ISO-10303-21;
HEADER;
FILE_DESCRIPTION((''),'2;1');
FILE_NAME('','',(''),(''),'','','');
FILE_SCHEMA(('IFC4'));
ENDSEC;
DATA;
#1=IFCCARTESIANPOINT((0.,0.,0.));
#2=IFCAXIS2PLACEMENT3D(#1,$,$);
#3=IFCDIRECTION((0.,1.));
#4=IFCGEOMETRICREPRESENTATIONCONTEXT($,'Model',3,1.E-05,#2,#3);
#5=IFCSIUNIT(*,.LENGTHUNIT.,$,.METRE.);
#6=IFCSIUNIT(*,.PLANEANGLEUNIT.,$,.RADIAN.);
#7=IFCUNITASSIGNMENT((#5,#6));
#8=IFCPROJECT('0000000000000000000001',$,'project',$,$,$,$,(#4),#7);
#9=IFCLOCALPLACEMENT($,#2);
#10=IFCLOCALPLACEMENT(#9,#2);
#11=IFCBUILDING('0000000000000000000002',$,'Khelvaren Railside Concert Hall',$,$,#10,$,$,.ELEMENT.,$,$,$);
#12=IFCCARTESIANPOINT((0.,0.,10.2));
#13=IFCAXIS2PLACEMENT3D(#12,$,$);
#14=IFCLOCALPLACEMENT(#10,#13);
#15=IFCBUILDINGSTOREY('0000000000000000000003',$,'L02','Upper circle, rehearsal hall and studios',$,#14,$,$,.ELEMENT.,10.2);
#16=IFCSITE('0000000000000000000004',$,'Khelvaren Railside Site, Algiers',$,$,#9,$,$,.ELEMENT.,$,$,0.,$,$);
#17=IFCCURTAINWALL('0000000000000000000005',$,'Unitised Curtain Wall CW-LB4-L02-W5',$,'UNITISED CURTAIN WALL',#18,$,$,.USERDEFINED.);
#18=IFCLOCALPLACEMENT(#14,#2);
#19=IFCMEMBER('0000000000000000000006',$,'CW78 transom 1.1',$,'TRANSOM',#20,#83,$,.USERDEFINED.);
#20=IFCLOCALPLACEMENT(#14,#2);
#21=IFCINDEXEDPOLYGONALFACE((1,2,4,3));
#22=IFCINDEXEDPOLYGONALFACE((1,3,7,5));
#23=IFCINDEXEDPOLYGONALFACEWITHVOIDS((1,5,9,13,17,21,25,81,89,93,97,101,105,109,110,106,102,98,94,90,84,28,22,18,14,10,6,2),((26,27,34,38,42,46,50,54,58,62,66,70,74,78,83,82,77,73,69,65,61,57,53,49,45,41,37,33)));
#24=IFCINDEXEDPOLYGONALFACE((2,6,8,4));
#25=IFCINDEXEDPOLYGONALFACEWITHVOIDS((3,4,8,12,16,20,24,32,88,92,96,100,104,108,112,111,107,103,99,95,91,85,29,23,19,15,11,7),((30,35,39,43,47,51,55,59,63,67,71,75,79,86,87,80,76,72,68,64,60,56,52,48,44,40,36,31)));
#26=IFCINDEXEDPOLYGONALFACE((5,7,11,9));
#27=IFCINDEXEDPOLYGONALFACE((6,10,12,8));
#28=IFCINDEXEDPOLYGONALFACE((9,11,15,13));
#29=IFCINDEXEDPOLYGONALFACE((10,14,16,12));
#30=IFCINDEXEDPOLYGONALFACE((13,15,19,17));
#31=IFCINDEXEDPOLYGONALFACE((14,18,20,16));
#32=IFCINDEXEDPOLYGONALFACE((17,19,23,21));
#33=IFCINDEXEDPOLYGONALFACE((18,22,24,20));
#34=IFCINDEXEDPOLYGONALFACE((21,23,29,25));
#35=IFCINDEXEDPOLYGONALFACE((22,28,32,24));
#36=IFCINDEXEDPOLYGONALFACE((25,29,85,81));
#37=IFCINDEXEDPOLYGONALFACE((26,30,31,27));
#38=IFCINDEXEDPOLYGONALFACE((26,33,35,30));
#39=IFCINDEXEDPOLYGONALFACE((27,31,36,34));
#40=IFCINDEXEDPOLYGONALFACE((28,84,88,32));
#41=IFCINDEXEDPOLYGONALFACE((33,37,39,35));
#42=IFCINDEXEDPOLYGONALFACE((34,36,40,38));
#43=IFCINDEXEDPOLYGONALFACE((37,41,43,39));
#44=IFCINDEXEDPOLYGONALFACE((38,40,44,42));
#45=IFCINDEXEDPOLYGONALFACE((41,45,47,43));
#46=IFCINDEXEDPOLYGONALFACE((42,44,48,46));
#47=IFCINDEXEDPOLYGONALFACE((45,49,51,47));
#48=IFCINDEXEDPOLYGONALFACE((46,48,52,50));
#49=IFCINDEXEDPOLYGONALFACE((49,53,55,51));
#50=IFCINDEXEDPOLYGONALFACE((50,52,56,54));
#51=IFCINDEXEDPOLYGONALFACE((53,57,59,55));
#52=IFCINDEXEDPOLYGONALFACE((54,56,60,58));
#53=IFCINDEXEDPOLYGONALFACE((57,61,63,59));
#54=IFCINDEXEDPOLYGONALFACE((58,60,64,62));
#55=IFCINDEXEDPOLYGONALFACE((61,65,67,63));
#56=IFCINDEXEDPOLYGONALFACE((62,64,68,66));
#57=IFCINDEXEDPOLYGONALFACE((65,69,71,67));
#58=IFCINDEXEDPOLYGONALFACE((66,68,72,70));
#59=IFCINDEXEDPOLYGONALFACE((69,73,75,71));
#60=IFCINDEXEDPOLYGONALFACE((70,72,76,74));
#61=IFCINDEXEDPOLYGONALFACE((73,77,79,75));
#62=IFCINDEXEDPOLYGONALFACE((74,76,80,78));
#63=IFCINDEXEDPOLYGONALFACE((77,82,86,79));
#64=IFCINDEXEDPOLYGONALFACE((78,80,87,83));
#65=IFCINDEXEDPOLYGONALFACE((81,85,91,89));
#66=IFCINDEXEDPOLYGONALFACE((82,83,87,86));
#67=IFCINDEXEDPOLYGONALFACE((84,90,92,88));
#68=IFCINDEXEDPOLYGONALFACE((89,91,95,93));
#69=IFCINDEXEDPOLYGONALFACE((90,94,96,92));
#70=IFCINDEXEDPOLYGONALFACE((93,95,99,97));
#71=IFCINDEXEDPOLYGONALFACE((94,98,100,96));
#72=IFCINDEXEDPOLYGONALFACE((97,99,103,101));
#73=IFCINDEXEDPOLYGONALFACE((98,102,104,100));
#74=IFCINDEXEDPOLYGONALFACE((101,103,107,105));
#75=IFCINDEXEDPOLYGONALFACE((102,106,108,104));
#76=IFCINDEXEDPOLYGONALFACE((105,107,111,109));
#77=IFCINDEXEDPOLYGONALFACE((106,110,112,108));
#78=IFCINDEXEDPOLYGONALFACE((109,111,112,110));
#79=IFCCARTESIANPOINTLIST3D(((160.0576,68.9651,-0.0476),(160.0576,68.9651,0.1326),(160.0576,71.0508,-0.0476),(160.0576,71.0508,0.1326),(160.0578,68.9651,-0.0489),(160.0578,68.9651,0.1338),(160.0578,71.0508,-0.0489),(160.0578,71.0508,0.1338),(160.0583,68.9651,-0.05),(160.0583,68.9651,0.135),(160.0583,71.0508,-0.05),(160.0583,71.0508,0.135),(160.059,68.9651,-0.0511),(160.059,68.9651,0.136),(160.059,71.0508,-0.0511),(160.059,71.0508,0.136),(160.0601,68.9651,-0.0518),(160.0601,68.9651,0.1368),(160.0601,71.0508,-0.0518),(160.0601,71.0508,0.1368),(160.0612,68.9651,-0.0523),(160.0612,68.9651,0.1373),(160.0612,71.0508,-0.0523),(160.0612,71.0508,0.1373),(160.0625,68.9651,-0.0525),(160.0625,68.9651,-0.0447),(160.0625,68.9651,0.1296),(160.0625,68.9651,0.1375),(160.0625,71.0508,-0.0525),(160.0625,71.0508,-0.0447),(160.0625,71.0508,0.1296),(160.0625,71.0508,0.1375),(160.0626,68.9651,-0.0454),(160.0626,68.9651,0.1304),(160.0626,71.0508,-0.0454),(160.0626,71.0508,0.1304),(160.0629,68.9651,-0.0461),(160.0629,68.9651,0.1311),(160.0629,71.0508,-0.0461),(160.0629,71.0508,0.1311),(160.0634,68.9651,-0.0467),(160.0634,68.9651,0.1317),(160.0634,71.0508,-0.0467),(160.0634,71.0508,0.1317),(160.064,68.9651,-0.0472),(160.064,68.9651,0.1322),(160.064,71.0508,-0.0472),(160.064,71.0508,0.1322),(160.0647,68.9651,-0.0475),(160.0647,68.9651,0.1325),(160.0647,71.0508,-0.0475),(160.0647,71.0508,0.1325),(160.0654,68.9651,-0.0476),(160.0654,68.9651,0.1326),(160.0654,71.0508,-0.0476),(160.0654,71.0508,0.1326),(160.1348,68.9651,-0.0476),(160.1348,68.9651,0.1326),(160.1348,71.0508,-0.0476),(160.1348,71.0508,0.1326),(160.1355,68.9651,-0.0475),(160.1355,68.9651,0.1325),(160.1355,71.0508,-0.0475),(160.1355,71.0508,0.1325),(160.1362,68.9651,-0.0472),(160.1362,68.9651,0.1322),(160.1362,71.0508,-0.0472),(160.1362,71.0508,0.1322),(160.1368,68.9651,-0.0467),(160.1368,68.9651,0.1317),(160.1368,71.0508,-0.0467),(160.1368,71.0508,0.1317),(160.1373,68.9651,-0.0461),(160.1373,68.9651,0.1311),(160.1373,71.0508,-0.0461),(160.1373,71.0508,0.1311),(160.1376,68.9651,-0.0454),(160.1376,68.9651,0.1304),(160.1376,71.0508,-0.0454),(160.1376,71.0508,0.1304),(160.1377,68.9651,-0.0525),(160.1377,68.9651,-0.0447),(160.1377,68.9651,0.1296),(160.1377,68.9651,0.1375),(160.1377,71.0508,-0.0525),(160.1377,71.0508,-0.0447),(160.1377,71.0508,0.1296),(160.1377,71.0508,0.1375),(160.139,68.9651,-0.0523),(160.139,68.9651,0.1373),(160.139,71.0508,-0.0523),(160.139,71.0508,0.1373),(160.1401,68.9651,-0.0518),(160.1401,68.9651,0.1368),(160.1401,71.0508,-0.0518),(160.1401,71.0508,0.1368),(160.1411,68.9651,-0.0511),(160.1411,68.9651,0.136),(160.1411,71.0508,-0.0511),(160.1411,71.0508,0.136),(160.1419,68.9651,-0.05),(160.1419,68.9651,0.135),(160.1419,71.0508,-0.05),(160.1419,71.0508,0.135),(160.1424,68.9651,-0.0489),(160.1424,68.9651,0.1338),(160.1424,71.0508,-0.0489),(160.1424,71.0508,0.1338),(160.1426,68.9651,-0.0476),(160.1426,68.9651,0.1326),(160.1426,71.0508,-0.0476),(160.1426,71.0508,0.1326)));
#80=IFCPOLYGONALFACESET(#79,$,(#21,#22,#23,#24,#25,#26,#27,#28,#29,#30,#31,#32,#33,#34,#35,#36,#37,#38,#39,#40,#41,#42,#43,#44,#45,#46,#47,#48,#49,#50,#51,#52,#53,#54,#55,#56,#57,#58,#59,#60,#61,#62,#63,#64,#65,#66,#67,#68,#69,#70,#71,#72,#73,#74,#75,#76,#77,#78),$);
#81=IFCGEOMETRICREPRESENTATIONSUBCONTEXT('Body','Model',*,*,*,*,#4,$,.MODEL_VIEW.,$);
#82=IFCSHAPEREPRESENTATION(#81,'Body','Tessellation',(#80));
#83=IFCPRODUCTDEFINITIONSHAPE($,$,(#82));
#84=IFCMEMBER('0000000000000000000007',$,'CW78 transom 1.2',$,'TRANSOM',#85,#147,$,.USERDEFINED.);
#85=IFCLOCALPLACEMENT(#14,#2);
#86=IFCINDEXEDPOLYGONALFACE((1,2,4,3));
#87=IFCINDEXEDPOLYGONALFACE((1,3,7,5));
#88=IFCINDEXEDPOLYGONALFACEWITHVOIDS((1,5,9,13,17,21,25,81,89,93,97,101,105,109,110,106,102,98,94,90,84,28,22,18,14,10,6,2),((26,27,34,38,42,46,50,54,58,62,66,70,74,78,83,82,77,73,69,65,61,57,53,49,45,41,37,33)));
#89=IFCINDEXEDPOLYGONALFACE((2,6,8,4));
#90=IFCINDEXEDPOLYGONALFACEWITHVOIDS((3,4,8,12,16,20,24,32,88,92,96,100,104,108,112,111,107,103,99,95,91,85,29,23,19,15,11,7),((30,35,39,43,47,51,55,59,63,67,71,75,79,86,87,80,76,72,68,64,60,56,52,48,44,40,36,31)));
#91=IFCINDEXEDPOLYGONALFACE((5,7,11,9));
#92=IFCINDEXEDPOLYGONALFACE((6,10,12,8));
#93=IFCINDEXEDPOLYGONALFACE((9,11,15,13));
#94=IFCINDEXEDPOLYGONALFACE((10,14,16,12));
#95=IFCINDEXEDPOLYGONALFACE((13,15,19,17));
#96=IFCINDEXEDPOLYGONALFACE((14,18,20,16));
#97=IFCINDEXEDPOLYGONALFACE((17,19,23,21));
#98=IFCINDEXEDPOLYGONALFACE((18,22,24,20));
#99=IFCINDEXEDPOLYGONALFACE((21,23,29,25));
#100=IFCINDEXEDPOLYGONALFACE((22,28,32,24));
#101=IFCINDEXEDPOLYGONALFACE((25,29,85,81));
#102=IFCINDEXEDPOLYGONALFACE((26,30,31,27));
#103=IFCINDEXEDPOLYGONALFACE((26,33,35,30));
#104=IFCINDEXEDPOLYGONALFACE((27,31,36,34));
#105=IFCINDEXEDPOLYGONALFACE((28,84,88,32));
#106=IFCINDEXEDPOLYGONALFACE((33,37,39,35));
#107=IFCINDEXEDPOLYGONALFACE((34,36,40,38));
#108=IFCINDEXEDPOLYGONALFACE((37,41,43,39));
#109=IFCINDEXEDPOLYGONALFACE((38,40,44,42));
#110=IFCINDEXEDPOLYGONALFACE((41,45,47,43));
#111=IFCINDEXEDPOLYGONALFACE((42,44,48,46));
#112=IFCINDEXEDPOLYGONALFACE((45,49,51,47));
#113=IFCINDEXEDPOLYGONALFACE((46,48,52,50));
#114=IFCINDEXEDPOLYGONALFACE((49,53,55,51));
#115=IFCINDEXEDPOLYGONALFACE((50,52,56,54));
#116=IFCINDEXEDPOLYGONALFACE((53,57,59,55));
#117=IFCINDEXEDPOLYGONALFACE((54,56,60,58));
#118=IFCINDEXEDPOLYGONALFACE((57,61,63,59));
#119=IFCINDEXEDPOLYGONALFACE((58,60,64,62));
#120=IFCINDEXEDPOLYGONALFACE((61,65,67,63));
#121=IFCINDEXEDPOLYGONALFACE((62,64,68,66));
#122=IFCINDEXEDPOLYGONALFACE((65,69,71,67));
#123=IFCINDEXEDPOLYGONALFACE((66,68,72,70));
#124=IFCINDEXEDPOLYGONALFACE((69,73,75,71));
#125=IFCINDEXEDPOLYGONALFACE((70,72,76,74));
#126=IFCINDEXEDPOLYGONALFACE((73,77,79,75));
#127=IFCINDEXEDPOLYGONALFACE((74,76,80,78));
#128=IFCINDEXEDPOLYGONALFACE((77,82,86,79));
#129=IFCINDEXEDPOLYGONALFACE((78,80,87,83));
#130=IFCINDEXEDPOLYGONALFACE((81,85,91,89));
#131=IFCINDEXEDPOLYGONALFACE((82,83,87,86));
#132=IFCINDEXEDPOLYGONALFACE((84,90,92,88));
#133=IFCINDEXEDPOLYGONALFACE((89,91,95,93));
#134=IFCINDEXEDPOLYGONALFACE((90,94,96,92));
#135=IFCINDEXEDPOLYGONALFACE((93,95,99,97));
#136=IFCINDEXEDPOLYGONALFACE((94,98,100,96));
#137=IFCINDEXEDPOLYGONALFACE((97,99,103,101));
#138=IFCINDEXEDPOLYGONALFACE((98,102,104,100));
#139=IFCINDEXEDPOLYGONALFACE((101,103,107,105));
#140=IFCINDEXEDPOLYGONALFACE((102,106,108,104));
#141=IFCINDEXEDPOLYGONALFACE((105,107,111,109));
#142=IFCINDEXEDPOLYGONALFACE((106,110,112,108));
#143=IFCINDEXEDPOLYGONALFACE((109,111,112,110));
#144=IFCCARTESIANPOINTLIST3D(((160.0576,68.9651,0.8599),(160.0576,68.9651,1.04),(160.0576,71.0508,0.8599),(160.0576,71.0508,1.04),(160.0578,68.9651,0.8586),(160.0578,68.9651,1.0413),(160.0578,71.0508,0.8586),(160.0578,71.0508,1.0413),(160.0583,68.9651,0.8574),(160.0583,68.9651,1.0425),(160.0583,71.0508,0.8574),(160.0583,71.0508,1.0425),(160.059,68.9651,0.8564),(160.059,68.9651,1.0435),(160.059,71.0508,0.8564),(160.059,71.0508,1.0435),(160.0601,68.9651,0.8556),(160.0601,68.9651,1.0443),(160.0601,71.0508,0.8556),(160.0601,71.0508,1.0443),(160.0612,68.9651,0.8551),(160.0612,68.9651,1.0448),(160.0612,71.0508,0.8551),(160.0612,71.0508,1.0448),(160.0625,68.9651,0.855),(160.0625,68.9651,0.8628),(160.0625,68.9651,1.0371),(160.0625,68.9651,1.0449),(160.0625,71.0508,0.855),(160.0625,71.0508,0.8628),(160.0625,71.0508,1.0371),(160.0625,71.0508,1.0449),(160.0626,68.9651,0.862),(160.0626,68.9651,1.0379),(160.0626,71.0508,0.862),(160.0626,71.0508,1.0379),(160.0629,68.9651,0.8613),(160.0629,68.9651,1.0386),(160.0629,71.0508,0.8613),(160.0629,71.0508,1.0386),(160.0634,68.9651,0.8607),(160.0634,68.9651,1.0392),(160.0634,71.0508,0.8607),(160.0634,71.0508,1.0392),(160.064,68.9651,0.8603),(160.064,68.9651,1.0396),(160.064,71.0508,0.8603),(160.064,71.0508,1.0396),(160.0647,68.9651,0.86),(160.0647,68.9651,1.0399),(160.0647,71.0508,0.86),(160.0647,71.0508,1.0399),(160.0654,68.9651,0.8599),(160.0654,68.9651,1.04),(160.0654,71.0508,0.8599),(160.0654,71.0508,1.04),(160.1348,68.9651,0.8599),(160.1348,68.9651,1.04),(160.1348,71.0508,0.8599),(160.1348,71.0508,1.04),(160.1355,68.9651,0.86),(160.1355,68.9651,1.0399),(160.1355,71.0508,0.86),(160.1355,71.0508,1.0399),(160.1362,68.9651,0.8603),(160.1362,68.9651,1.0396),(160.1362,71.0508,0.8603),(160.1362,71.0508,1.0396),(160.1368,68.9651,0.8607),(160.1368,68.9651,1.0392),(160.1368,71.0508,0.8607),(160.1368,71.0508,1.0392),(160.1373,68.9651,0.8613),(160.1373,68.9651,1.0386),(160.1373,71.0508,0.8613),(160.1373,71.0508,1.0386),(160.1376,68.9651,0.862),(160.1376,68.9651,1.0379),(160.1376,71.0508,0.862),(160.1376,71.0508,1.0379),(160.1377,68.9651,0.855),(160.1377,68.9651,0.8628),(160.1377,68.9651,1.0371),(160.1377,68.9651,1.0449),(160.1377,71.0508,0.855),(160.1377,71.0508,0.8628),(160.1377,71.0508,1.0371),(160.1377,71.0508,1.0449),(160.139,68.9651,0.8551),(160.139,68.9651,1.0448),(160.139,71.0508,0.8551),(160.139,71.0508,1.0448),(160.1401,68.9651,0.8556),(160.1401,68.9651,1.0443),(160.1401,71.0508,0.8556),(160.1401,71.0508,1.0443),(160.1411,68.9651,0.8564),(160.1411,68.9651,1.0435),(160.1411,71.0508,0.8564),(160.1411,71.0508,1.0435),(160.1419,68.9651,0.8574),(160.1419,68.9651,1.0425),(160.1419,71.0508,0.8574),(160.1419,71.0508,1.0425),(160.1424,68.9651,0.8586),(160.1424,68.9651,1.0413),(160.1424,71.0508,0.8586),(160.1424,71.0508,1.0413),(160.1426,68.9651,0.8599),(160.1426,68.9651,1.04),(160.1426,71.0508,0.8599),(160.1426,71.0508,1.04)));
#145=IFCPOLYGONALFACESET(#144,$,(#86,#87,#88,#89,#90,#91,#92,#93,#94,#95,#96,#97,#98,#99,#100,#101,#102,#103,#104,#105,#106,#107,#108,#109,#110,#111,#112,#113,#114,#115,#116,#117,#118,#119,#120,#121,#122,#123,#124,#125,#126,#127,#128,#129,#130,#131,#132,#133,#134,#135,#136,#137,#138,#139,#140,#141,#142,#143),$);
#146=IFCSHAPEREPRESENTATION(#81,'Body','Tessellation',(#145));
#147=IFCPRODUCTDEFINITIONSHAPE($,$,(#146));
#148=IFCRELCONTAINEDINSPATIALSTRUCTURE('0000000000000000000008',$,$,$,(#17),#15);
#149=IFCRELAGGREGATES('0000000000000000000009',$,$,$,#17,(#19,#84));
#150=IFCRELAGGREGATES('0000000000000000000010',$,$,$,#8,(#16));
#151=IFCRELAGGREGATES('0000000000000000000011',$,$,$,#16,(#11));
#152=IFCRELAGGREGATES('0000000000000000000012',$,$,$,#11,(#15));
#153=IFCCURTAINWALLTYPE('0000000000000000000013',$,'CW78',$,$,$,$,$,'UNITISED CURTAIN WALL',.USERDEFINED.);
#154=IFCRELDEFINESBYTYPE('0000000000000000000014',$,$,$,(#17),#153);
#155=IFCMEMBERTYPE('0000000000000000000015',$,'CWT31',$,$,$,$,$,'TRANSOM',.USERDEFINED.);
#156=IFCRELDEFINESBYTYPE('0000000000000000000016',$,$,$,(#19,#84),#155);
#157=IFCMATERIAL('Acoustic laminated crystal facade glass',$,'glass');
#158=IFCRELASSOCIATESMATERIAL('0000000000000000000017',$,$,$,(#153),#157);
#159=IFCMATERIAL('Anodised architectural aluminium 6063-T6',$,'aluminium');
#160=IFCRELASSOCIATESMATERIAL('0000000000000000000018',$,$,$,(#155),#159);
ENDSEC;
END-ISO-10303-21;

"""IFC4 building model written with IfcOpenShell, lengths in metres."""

from ifc_helpers import new_model, si_unit, direction, frame, origin, origin_2d, place, context, subcontext, project, spatial, hollow_rectangle, extrude, material, material_profile, profile_set, type_object, element, aggregate, save


model = new_model("IFC4")

# Units and contexts
model_context = context("Model", 3, precision=1e-05, world=origin(), true_north=direction((0.0, 1.0)))
body_context = subcontext(model_context, "Body", "Model", "MODEL_VIEW")
ifc_project = project(units=[si_unit("LENGTHUNIT", "METRE"), si_unit("PLANEANGLEUNIT", "RADIAN")], contexts=[model_context])

# Site, building, storey
site_placement = place(None, origin())
site = spatial("IfcSite", under=ifc_project, at=site_placement, Name="Khelvaren Railside Site, Algiers", CompositionType="ELEMENT", RefElevation=0.0)
building_placement = place(site_placement, origin())
building = spatial("IfcBuilding", under=site, at=building_placement, Name="Khelvaren Railside Concert Hall", CompositionType="ELEMENT")
storey_placement = place(building_placement, frame((0.0, 0.0, 10.2)))
storey = spatial("IfcBuildingStorey", under=building, at=storey_placement, Name="L02", Description="Upper circle, rehearsal hall and studios", CompositionType="ELEMENT", Elevation=10.2)

# Shared definitions
ifc_material_1 = material(Name="Acoustic laminated crystal facade glass", Category="glass")
curtain_wall_type = type_object("IfcCurtainWallType", Name="CW78", ElementType="UNITISED CURTAIN WALL", PredefinedType="USERDEFINED", material=ifc_material_1)
ifc_material_2 = material(Name="Anodised architectural aluminium 6063-T6", Category="aluminium")

# Curtain wall
curtain_wall_1_placement = place(storey_placement, origin())
curtain_wall_1 = element("IfcCurtainWall", 1, at=curtain_wall_1_placement, inside=storey, type_object=curtain_wall_type, Name="Unitised Curtain Wall CW-LB4-L02-W5", ObjectType="UNITISED CURTAIN WALL", PredefinedType="USERDEFINED")

# Members
ifc_material_profile_1 = material_profile(ifc_material_2, hollow_rectangle(XDim=0.085, YDim=0.1899, WallThickness=0.0049, InnerFilletRadius=0.0029, OuterFilletRadius=0.0049, at=origin_2d()), Name="CWT 85x190x5")
ifc_profile_set_1 = profile_set([ifc_material_profile_1], Name="Anodised architectural aluminium 6063-T6")
member_type_1 = type_object("IfcMemberType", Name="CWT31", ElementType="TRANSOM", PredefinedType="USERDEFINED", material=ifc_profile_set_1)
member_1_placement = place(storey_placement, frame((160.1001, 68.9651, 0.0425), z_axis=(0.0, 1.0, 0.0), x_axis=(-1.0, 0.0, 0.0)))
member_1 = element("IfcMember", 2, at=member_1_placement, type_object=member_type_1, Name="CW78 transom 1.1", ObjectType="TRANSOM", PredefinedType="USERDEFINED", context=body_context, shape_type="SweptSolid", body=[
    extrude(hollow_rectangle(XDim=0.085, YDim=0.1899, WallThickness=0.0049, InnerFilletRadius=0.0029, OuterFilletRadius=0.0049, at=origin_2d()), origin(), (0.0, 0.0, 1.0), 2.0857),
])
member_2_placement = place(storey_placement, frame((160.1001, 68.9651, 0.95), z_axis=(0.0, 1.0, 0.0), x_axis=(-1.0, 0.0, 0.0)))
member_2 = element("IfcMember", 3, at=member_2_placement, type_object=member_type_1, Name="CW78 transom 1.2", ObjectType="TRANSOM", PredefinedType="USERDEFINED", context=body_context, shape_type="SweptSolid", body=[
    extrude(hollow_rectangle(XDim=0.085, YDim=0.1899, WallThickness=0.0049, InnerFilletRadius=0.0029, OuterFilletRadius=0.0049, at=origin_2d()), origin(), (0.0, 0.0, 1.0), 2.0857),
])

aggregate(curtain_wall_1, [member_1, member_2])

save(model, "model.ifc")
